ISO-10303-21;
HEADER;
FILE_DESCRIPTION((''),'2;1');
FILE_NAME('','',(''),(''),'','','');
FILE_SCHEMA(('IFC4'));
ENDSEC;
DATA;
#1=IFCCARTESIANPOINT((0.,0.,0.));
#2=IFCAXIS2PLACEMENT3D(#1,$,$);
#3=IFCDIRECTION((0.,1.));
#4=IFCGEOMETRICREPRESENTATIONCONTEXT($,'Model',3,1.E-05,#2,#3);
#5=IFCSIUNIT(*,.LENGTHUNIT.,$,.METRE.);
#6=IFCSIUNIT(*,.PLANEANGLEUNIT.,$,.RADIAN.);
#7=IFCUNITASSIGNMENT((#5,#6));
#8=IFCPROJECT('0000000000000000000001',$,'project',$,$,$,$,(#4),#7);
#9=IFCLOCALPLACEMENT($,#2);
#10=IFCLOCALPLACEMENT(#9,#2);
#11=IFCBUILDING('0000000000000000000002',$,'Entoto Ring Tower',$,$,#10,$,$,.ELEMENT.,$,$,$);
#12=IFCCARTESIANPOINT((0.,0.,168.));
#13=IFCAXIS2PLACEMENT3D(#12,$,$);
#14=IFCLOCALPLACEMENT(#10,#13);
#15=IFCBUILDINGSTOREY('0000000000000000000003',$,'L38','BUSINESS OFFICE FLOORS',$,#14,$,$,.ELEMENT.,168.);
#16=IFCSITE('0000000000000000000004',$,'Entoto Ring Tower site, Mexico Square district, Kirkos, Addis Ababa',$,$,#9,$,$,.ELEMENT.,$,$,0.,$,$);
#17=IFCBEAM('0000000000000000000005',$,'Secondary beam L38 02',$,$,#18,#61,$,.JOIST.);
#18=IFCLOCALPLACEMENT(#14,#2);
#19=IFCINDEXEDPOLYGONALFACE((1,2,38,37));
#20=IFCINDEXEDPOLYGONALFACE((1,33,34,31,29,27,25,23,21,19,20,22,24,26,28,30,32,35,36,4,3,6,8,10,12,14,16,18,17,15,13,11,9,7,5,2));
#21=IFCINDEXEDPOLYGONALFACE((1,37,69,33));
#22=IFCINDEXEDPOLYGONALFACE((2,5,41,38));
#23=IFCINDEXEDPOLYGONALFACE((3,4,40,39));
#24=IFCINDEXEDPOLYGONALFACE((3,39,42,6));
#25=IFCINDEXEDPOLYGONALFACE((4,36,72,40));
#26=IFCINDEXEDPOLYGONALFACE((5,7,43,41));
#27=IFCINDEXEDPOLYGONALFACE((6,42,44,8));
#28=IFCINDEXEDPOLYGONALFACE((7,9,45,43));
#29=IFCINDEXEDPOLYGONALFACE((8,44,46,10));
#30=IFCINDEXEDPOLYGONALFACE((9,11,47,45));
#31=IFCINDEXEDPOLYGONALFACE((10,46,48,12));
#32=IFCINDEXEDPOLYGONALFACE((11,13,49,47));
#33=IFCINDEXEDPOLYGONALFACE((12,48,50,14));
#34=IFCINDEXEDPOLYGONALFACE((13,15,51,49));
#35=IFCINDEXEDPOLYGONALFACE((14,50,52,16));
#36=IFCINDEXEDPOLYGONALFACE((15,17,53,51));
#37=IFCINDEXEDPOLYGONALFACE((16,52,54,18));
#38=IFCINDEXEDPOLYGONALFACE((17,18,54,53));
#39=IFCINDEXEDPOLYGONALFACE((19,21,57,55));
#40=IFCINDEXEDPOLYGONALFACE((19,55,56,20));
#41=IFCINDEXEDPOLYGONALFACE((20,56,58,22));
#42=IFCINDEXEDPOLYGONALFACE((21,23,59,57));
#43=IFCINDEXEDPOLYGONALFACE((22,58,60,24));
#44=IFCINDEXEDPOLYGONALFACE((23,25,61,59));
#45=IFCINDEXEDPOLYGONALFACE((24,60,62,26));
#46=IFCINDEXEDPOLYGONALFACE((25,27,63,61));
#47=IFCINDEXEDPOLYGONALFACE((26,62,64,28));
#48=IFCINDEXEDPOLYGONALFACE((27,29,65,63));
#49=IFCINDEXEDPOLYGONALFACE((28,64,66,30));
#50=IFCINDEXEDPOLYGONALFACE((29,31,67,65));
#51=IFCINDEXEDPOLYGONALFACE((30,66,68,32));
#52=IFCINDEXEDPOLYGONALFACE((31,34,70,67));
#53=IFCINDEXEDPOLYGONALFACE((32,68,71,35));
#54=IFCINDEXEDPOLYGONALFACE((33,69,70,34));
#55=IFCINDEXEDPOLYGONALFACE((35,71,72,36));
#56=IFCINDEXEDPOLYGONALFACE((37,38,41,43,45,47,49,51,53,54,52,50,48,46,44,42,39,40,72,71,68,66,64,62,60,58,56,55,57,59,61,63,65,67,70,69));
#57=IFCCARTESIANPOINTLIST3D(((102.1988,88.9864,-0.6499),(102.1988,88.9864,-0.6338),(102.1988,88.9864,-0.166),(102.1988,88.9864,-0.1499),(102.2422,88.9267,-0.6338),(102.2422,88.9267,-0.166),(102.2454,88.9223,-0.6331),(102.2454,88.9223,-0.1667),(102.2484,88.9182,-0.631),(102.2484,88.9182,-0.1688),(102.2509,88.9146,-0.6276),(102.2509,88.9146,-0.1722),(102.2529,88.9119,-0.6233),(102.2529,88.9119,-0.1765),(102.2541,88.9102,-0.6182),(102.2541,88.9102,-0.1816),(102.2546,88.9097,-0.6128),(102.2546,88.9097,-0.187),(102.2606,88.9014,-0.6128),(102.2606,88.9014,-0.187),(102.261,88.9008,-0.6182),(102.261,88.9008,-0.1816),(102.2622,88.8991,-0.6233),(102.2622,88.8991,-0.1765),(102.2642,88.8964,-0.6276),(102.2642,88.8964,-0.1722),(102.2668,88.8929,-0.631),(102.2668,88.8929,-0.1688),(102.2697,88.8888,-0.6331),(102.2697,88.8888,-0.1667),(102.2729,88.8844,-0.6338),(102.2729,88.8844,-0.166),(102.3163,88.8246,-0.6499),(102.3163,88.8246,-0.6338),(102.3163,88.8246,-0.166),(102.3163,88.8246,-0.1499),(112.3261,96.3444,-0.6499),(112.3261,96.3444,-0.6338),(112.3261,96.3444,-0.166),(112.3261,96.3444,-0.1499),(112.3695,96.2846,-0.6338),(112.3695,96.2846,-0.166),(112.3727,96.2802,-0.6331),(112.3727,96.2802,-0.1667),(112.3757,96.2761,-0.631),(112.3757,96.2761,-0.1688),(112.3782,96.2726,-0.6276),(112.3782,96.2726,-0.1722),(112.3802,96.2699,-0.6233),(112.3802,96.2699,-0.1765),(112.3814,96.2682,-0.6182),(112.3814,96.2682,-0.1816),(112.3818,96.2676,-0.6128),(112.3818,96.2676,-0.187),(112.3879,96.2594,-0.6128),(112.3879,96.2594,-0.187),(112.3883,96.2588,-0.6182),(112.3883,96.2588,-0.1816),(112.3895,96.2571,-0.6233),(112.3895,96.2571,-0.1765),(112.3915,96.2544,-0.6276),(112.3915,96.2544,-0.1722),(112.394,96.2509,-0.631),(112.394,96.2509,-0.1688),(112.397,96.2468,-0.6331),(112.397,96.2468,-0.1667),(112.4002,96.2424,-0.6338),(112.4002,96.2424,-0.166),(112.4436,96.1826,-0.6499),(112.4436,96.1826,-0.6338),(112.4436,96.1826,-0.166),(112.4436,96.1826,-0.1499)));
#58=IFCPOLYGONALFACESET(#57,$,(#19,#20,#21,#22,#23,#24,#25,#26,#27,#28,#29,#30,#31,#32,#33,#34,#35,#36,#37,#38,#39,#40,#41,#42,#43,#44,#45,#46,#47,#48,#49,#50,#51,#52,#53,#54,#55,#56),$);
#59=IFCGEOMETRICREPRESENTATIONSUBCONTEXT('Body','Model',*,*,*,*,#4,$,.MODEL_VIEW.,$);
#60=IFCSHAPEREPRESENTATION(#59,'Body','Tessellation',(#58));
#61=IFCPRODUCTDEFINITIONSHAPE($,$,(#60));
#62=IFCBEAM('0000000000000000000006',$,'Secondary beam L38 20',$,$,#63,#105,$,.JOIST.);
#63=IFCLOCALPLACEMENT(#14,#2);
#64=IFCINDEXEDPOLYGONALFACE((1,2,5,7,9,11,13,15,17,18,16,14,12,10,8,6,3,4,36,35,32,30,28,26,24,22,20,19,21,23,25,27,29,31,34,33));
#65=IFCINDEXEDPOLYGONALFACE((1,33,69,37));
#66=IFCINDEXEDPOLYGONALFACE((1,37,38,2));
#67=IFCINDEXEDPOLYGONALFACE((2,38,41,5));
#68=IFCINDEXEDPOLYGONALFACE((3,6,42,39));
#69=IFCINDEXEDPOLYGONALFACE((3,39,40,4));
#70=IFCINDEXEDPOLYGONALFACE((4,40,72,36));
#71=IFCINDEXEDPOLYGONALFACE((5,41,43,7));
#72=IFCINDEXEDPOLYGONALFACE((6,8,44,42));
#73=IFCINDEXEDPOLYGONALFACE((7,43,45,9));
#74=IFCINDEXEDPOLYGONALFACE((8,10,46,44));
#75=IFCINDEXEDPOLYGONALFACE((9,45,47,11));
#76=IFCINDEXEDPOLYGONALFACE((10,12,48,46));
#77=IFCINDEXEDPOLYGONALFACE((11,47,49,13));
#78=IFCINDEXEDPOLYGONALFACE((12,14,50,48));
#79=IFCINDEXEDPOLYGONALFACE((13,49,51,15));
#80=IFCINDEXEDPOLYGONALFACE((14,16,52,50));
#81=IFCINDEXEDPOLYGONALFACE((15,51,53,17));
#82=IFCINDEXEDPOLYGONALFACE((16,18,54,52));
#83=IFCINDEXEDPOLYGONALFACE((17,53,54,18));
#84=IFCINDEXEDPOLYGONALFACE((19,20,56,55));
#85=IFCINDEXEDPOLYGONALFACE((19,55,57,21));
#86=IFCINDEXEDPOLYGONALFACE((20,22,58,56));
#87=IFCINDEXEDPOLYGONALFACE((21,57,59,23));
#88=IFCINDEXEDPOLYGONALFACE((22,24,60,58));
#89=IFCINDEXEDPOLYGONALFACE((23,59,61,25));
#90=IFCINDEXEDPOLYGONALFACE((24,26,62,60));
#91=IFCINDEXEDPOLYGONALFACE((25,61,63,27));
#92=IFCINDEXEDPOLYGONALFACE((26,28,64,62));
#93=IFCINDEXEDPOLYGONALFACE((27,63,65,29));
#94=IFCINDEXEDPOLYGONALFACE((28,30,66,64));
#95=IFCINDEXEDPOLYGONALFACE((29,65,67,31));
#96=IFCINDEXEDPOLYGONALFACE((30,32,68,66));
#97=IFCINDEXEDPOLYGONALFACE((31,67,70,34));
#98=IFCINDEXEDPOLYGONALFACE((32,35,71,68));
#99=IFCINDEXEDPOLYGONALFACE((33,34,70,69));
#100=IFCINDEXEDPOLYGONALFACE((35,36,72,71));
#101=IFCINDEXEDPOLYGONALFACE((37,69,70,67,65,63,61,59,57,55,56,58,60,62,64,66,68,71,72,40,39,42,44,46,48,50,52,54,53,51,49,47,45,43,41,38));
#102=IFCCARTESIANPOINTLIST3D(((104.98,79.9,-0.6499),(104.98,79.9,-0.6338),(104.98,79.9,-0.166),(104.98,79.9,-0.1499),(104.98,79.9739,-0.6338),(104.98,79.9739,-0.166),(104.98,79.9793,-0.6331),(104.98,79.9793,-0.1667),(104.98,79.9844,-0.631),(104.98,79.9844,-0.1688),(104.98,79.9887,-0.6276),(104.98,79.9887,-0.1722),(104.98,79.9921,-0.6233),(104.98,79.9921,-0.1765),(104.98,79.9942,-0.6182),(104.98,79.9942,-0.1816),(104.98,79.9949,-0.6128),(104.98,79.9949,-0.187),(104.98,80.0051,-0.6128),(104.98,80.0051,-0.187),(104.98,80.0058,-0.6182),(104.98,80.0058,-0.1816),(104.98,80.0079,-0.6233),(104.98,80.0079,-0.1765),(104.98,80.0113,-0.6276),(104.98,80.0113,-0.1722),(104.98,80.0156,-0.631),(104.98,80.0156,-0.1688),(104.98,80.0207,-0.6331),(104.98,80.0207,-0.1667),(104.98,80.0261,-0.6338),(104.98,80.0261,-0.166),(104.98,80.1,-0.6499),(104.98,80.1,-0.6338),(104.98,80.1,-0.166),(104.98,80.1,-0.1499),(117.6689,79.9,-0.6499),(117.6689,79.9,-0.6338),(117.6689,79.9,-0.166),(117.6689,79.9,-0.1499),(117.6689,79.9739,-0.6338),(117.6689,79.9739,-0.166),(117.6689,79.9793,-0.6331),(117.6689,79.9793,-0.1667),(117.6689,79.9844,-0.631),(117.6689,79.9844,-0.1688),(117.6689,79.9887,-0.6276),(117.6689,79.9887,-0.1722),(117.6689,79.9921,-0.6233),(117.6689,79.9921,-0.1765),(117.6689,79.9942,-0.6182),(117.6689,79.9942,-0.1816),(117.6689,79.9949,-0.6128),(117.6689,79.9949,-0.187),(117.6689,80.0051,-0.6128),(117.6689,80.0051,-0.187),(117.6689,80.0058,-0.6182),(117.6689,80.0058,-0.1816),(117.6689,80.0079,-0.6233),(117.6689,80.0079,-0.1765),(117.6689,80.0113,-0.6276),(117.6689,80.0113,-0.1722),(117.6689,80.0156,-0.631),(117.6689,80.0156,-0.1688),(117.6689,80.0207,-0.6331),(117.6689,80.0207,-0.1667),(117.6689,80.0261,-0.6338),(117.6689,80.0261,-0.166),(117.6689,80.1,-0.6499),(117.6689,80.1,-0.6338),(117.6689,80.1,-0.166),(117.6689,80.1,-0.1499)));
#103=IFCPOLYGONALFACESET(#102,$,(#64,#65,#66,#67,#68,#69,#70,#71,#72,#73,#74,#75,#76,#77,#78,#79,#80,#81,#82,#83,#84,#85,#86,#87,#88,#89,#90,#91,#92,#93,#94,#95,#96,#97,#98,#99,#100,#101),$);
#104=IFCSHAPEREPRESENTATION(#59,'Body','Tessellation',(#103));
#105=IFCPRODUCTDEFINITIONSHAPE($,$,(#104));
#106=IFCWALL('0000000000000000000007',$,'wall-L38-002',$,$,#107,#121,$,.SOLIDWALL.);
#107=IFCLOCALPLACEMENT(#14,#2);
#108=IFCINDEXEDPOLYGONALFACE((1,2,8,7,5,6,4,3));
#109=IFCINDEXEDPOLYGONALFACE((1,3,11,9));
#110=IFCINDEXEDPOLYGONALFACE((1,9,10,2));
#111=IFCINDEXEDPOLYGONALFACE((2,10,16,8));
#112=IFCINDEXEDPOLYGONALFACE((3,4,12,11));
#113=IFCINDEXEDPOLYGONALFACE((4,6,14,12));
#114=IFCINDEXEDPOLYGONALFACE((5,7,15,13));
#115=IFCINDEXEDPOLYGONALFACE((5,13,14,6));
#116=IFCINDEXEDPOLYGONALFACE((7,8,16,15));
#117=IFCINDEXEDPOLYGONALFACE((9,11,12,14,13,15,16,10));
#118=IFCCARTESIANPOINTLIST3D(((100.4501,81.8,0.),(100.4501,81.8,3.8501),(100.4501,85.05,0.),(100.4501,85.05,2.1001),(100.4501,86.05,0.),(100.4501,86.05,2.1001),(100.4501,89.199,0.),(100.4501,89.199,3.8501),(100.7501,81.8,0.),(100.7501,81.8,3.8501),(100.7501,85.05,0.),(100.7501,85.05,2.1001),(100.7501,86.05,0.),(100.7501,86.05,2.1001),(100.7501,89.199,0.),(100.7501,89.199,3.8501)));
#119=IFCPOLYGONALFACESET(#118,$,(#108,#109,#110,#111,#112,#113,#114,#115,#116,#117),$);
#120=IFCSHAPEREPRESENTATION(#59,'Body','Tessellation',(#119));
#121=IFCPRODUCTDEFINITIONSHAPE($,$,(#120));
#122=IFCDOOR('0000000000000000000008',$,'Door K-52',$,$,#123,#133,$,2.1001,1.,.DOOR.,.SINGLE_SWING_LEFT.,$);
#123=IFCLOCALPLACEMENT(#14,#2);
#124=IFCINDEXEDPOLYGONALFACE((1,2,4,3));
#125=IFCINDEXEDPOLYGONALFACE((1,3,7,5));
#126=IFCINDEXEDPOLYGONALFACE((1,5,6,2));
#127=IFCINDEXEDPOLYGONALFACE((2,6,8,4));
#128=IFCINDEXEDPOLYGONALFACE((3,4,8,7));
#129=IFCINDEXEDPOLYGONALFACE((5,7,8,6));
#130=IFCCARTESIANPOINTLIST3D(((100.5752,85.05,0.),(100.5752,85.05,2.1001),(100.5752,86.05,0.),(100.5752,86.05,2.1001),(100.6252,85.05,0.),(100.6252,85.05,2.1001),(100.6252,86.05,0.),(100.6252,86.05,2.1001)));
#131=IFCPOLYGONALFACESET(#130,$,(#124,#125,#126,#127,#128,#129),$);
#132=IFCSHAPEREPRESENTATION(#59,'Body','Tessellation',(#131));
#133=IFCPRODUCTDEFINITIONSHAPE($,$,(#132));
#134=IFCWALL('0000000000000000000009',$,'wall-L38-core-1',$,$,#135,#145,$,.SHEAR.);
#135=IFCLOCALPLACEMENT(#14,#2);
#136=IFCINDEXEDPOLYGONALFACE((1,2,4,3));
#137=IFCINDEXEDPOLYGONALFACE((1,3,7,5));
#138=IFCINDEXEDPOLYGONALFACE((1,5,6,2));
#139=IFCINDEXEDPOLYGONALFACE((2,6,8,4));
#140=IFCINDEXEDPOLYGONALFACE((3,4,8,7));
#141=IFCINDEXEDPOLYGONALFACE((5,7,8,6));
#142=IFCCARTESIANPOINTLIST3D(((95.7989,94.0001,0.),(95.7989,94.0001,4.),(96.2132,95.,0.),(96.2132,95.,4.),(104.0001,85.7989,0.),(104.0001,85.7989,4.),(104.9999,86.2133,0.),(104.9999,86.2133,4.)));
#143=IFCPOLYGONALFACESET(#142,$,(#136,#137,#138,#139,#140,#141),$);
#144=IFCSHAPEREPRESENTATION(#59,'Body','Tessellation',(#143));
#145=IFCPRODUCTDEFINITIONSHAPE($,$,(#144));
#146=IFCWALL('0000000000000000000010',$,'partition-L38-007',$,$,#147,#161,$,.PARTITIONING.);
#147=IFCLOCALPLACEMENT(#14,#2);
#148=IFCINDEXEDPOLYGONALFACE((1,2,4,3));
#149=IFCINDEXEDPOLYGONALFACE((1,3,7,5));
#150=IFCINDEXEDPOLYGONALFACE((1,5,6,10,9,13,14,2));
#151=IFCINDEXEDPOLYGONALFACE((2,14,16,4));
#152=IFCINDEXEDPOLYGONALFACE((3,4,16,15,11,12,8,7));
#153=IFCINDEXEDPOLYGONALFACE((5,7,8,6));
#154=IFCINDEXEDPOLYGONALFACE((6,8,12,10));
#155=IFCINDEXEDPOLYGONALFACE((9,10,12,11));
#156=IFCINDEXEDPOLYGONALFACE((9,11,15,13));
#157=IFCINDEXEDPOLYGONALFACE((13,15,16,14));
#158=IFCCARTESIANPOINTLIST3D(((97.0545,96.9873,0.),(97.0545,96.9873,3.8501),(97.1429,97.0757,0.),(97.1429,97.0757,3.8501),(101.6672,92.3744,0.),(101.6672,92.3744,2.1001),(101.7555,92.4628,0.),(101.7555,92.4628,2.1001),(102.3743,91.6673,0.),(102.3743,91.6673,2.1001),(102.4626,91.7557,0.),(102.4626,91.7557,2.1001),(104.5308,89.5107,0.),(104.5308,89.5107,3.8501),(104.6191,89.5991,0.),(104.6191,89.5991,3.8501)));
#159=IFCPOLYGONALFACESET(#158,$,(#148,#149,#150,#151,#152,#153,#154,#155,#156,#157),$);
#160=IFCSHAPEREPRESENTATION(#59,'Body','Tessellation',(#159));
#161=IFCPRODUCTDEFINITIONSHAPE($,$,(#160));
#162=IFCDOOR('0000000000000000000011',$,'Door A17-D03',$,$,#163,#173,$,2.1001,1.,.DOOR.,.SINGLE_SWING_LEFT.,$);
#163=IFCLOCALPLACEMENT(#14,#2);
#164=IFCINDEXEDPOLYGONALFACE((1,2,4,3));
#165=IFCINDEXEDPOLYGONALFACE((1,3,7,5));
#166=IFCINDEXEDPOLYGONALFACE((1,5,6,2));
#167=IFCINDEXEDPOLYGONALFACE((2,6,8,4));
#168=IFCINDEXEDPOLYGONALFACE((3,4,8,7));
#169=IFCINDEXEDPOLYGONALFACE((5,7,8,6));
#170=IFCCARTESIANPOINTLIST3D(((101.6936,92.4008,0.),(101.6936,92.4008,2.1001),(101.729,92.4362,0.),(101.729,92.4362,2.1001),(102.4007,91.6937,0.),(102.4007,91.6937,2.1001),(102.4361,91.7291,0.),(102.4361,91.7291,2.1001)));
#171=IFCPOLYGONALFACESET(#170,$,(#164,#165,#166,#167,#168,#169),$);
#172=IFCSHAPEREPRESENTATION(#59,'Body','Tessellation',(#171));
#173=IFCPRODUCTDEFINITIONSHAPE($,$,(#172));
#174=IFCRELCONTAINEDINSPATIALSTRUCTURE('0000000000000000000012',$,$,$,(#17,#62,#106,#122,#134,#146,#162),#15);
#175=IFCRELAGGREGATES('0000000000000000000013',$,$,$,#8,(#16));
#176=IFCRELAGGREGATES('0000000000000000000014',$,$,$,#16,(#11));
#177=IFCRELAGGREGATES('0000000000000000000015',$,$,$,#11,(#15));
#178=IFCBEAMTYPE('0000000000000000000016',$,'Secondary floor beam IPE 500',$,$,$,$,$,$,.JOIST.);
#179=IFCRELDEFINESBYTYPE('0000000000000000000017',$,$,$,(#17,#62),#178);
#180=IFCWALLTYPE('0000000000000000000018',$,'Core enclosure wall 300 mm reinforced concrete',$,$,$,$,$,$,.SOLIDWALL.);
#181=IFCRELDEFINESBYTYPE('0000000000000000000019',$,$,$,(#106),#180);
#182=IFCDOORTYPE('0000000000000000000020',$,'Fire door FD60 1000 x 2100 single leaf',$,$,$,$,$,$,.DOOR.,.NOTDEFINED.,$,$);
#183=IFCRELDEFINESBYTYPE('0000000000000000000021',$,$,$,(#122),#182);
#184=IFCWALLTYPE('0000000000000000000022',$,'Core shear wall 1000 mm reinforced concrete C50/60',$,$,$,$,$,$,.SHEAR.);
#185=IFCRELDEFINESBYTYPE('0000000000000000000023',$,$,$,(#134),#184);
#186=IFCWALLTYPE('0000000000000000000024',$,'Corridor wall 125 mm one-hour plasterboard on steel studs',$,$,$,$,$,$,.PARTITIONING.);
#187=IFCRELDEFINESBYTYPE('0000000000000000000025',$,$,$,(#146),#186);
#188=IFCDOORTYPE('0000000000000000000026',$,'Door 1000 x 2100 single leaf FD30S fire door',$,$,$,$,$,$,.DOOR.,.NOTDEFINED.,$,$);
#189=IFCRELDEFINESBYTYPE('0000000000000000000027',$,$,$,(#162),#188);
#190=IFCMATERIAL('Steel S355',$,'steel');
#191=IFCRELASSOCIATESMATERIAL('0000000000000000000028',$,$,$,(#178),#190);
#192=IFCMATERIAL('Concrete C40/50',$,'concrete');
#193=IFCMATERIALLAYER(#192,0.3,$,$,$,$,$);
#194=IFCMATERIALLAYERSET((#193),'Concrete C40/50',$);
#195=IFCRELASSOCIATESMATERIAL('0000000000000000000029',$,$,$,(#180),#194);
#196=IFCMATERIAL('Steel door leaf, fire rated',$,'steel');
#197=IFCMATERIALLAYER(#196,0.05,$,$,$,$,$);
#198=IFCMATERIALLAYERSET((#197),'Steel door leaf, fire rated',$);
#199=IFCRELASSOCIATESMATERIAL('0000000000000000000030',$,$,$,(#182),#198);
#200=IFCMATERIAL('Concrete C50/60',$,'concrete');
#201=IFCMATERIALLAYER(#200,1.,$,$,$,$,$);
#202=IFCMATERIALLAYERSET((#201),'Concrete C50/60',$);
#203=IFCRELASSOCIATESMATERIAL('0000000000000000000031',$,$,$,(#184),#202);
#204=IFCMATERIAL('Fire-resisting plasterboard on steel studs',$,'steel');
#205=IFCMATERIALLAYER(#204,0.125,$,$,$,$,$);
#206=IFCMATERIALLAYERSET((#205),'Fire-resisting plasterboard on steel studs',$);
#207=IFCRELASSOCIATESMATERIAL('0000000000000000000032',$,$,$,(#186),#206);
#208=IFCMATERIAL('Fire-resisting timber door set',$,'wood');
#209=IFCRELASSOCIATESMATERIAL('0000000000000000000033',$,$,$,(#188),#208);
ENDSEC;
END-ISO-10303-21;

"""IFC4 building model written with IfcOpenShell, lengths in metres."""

from ifc_helpers import new_model, si_unit, direction, frame, frame_2d, origin, origin_2d, place, context, subcontext, project, spatial, polyline, rectangle, i_section, outline, extrude, material, layer, layer_set, material_profile, profile_set, type_object, element, fill, save


model = new_model("IFC4")

# Units and contexts
model_context = context("Model", 3, precision=1e-05, world=origin(), true_north=direction((0.0, 1.0)))
body_context = subcontext(model_context, "Body", "Model", "MODEL_VIEW")
ifc_project = project(units=[si_unit("LENGTHUNIT", "METRE"), si_unit("PLANEANGLEUNIT", "RADIAN")], contexts=[model_context])

# Site, building, storey
site_placement = place(None, origin())
site = spatial("IfcSite", under=ifc_project, at=site_placement, Name="Entoto Ring Tower site, Mexico Square district, Kirkos, Addis Ababa", CompositionType="ELEMENT", RefElevation=0.0)
building_placement = place(site_placement, origin())
building = spatial("IfcBuilding", under=site, at=building_placement, Name="Entoto Ring Tower", CompositionType="ELEMENT")
storey_placement = place(building_placement, frame((0.0, 0.0, 168.0)))
storey = spatial("IfcBuildingStorey", under=building, at=storey_placement, Name="L38", Description="BUSINESS OFFICE FLOORS", CompositionType="ELEMENT", Elevation=168.0)

# Beams
ifc_material_1 = material(Name="Steel S355", Category="steel")
ifc_material_profile_1 = material_profile(ifc_material_1, i_section(OverallWidth=0.2, OverallDepth=0.5, WebThickness=0.0103, FlangeThickness=0.0161, FilletRadius=0.021, at=origin_2d()), Name="IPE 500")
ifc_profile_set_1 = profile_set([ifc_material_profile_1], Name="Steel S355")
beam_type_1 = type_object("IfcBeamType", Name="Secondary floor beam IPE 500", PredefinedType="JOIST", material=ifc_profile_set_1)
beam_1_placement = place(storey_placement, frame((102.2576, 88.9055, -0.3999), z_axis=(0.809014, 0.587789, 0.0), x_axis=(-0.587789, 0.809014, 0.0)))
element("IfcBeam", 1, at=beam_1_placement, inside=storey, type_object=beam_type_1, Name="Secondary beam L38 02", PredefinedType="JOIST", context=body_context, shape_type="SweptSolid", body=[
    extrude(i_section(OverallWidth=0.2, OverallDepth=0.5, WebThickness=0.0103, FlangeThickness=0.0161, FilletRadius=0.021, at=origin_2d()), origin(), (0.0, 0.0, 1.0), 12.5181),
])
beam_2_placement = place(storey_placement, frame((104.98, 80.0, -0.3999), z_axis=(1.0, 0.0, 0.0), x_axis=(0.0, 1.0, 0.0)))
element("IfcBeam", 2, at=beam_2_placement, inside=storey, type_object=beam_type_1, Name="Secondary beam L38 20", PredefinedType="JOIST", context=body_context, shape_type="SweptSolid", body=[
    extrude(i_section(OverallWidth=0.2, OverallDepth=0.5, WebThickness=0.0103, FlangeThickness=0.0161, FilletRadius=0.021, at=origin_2d()), origin(), (0.0, 0.0, 1.0), 12.689),
])

# Wall, opening, door
ifc_material_2 = material(Name="Concrete C40/50", Category="concrete")
ifc_layer_1 = layer(ifc_material_2, 0.3)
ifc_layer_set_1 = layer_set([ifc_layer_1], Name="Concrete C40/50")
wall_type_1 = type_object("IfcWallType", Name="Core enclosure wall 300 mm reinforced concrete", PredefinedType="SOLIDWALL", material=ifc_layer_set_1)
wall_1_placement = place(storey_placement, frame((100.6001, 81.8, 0.0), z_axis=(0.0, 0.0, 1.0), x_axis=(0.0, 1.0, 0.0)))
wall_1 = element("IfcWall", 3, at=wall_1_placement, inside=storey, type_object=wall_type_1, Name="wall-L38-002", PredefinedType="SOLIDWALL", context=body_context, shape_type="SweptSolid", body=[
    extrude(rectangle(XDim=7.3989, YDim=0.3, at=frame_2d((3.6995, 0.0))), origin(), (0.0, 0.0, 1.0), 3.8501),
])
opening_1_placement = place(wall_1_placement, frame((3.25, 0.0, 0.0)))
opening_1 = element("IfcOpeningElement", 4, at=opening_1_placement, cuts=wall_1, PredefinedType="OPENING", context=body_context, shape_type="SweptSolid", body=[
    extrude(rectangle(XDim=1.0, YDim=2.1001, at=frame_2d((0.5, 1.05))), frame((0.0, 0.1602, 0.0), z_axis=(0.0, -1.0, 0.0), x_axis=(1.0, 0.0, 0.0)), (0.0, 0.0, 1.0), 0.3201),
])
ifc_material_3 = material(Name="Steel door leaf, fire rated", Category="steel")
ifc_layer_2 = layer(ifc_material_3, 0.05)
ifc_layer_set_2 = layer_set([ifc_layer_2], Name="Steel door leaf, fire rated")
door_type_1 = type_object("IfcDoorType", Name="Fire door FD60 1000 x 2100 single leaf", OperationType="NOTDEFINED", PredefinedType="DOOR", material=ifc_layer_set_2)
door_1_placement = place(opening_1_placement, origin())
door_1 = element("IfcDoor", 5, at=door_1_placement, inside=storey, type_object=door_type_1, Name="Door K-52", OperationType="SINGLE_SWING_LEFT", OverallHeight=2.1001, OverallWidth=1.0, PredefinedType="DOOR", context=body_context, shape_type="SweptSolid", body=[
    extrude(rectangle(XDim=1.0, YDim=2.1001, at=frame_2d((0.5, 1.05))), frame((0.0, 0.0249, 0.0), z_axis=(0.0, -1.0, 0.0), x_axis=(1.0, 0.0, 0.0)), (0.0, 0.0, 1.0), 0.05),
])
fill(opening_1, door_1)

# Wall
ifc_material_4 = material(Name="Concrete C50/60", Category="concrete")
ifc_layer_3 = layer(ifc_material_4, 1.0)
ifc_layer_set_3 = layer_set([ifc_layer_3], Name="Concrete C50/60")
wall_type_2 = type_object("IfcWallType", Name="Core shear wall 1000 mm reinforced concrete C50/60", PredefinedType="SHEAR", material=ifc_layer_set_3)
wall_2_placement = place(storey_placement, frame((104.5, 86.0061, 0.0), z_axis=(0.0, 0.0, 1.0), x_axis=(-0.707107, 0.707107, 0.0)))
element("IfcWall", 6, at=wall_2_placement, inside=storey, type_object=wall_type_2, Name="wall-L38-core-1", PredefinedType="SHEAR", context=body_context, shape_type="SweptSolid", body=[
    extrude(outline(polyline([(-0.207, -0.5), (12.2192, -0.5), (11.8052, 0.5), (0.207, 0.5), (-0.207, -0.5)])), origin(), (0.0, 0.0, 1.0), 4.0),
])

# Wall, opening, door
ifc_material_5 = material(Name="Fire-resisting plasterboard on steel studs", Category="steel")
ifc_layer_4 = layer(ifc_material_5, 0.125)
ifc_layer_set_4 = layer_set([ifc_layer_4], Name="Fire-resisting plasterboard on steel studs")
wall_type_3 = type_object("IfcWallType", Name="Corridor wall 125 mm one-hour plasterboard on steel studs", PredefinedType="PARTITIONING", material=ifc_layer_set_4)
wall_3_placement = place(storey_placement, frame((104.575, 89.5549, 0.0), z_axis=(0.0, 0.0, 1.0), x_axis=(-0.707095, 0.707118, 0.0)))
wall_3 = element("IfcWall", 7, at=wall_3_placement, inside=storey, type_object=wall_type_3, Name="partition-L38-007", PredefinedType="PARTITIONING", context=body_context, shape_type="SweptSolid", body=[
    extrude(rectangle(XDim=10.5732, YDim=0.125, at=frame_2d((5.2866, 0.0))), origin(), (0.0, 0.0, 1.0), 3.8501),
])
opening_2_placement = place(wall_3_placement, frame((3.0498, 0.0, 0.0)))
opening_2 = element("IfcOpeningElement", 8, at=opening_2_placement, cuts=wall_3, PredefinedType="OPENING", context=body_context, shape_type="SweptSolid", body=[
    extrude(rectangle(XDim=1.0, YDim=2.1001, at=frame_2d((0.5, 1.05))), frame((0.0, 0.0725, 0.0), z_axis=(0.0, -1.0, 0.0), x_axis=(1.0, 0.0, 0.0)), (0.0, 0.0, 1.0), 0.145),
])
ifc_material_6 = material(Name="Fire-resisting timber door set", Category="wood")
door_type_2 = type_object("IfcDoorType", Name="Door 1000 x 2100 single leaf FD30S fire door", OperationType="NOTDEFINED", PredefinedType="DOOR", material=ifc_material_6)
door_2_placement = place(opening_2_placement, frame((1.0, 0.0, 0.0), z_axis=(0.0, 0.0, 1.0), x_axis=(-1.0, 0.0, 0.0)))
door_2 = element("IfcDoor", 9, at=door_2_placement, inside=storey, type_object=door_type_2, Name="Door A17-D03", OperationType="SINGLE_SWING_LEFT", OverallHeight=2.1001, OverallWidth=1.0, PredefinedType="DOOR", context=body_context, shape_type="SweptSolid", body=[
    extrude(rectangle(XDim=1.0, YDim=2.1001, at=frame_2d((0.5, 1.05))), frame((0.0, 0.0249, 0.0), z_axis=(0.0, -1.0, 0.0), x_axis=(1.0, 0.0, 0.0)), (0.0, 0.0, 1.0), 0.05),
])
fill(opening_2, door_2)

save(model, "model.ifc")
